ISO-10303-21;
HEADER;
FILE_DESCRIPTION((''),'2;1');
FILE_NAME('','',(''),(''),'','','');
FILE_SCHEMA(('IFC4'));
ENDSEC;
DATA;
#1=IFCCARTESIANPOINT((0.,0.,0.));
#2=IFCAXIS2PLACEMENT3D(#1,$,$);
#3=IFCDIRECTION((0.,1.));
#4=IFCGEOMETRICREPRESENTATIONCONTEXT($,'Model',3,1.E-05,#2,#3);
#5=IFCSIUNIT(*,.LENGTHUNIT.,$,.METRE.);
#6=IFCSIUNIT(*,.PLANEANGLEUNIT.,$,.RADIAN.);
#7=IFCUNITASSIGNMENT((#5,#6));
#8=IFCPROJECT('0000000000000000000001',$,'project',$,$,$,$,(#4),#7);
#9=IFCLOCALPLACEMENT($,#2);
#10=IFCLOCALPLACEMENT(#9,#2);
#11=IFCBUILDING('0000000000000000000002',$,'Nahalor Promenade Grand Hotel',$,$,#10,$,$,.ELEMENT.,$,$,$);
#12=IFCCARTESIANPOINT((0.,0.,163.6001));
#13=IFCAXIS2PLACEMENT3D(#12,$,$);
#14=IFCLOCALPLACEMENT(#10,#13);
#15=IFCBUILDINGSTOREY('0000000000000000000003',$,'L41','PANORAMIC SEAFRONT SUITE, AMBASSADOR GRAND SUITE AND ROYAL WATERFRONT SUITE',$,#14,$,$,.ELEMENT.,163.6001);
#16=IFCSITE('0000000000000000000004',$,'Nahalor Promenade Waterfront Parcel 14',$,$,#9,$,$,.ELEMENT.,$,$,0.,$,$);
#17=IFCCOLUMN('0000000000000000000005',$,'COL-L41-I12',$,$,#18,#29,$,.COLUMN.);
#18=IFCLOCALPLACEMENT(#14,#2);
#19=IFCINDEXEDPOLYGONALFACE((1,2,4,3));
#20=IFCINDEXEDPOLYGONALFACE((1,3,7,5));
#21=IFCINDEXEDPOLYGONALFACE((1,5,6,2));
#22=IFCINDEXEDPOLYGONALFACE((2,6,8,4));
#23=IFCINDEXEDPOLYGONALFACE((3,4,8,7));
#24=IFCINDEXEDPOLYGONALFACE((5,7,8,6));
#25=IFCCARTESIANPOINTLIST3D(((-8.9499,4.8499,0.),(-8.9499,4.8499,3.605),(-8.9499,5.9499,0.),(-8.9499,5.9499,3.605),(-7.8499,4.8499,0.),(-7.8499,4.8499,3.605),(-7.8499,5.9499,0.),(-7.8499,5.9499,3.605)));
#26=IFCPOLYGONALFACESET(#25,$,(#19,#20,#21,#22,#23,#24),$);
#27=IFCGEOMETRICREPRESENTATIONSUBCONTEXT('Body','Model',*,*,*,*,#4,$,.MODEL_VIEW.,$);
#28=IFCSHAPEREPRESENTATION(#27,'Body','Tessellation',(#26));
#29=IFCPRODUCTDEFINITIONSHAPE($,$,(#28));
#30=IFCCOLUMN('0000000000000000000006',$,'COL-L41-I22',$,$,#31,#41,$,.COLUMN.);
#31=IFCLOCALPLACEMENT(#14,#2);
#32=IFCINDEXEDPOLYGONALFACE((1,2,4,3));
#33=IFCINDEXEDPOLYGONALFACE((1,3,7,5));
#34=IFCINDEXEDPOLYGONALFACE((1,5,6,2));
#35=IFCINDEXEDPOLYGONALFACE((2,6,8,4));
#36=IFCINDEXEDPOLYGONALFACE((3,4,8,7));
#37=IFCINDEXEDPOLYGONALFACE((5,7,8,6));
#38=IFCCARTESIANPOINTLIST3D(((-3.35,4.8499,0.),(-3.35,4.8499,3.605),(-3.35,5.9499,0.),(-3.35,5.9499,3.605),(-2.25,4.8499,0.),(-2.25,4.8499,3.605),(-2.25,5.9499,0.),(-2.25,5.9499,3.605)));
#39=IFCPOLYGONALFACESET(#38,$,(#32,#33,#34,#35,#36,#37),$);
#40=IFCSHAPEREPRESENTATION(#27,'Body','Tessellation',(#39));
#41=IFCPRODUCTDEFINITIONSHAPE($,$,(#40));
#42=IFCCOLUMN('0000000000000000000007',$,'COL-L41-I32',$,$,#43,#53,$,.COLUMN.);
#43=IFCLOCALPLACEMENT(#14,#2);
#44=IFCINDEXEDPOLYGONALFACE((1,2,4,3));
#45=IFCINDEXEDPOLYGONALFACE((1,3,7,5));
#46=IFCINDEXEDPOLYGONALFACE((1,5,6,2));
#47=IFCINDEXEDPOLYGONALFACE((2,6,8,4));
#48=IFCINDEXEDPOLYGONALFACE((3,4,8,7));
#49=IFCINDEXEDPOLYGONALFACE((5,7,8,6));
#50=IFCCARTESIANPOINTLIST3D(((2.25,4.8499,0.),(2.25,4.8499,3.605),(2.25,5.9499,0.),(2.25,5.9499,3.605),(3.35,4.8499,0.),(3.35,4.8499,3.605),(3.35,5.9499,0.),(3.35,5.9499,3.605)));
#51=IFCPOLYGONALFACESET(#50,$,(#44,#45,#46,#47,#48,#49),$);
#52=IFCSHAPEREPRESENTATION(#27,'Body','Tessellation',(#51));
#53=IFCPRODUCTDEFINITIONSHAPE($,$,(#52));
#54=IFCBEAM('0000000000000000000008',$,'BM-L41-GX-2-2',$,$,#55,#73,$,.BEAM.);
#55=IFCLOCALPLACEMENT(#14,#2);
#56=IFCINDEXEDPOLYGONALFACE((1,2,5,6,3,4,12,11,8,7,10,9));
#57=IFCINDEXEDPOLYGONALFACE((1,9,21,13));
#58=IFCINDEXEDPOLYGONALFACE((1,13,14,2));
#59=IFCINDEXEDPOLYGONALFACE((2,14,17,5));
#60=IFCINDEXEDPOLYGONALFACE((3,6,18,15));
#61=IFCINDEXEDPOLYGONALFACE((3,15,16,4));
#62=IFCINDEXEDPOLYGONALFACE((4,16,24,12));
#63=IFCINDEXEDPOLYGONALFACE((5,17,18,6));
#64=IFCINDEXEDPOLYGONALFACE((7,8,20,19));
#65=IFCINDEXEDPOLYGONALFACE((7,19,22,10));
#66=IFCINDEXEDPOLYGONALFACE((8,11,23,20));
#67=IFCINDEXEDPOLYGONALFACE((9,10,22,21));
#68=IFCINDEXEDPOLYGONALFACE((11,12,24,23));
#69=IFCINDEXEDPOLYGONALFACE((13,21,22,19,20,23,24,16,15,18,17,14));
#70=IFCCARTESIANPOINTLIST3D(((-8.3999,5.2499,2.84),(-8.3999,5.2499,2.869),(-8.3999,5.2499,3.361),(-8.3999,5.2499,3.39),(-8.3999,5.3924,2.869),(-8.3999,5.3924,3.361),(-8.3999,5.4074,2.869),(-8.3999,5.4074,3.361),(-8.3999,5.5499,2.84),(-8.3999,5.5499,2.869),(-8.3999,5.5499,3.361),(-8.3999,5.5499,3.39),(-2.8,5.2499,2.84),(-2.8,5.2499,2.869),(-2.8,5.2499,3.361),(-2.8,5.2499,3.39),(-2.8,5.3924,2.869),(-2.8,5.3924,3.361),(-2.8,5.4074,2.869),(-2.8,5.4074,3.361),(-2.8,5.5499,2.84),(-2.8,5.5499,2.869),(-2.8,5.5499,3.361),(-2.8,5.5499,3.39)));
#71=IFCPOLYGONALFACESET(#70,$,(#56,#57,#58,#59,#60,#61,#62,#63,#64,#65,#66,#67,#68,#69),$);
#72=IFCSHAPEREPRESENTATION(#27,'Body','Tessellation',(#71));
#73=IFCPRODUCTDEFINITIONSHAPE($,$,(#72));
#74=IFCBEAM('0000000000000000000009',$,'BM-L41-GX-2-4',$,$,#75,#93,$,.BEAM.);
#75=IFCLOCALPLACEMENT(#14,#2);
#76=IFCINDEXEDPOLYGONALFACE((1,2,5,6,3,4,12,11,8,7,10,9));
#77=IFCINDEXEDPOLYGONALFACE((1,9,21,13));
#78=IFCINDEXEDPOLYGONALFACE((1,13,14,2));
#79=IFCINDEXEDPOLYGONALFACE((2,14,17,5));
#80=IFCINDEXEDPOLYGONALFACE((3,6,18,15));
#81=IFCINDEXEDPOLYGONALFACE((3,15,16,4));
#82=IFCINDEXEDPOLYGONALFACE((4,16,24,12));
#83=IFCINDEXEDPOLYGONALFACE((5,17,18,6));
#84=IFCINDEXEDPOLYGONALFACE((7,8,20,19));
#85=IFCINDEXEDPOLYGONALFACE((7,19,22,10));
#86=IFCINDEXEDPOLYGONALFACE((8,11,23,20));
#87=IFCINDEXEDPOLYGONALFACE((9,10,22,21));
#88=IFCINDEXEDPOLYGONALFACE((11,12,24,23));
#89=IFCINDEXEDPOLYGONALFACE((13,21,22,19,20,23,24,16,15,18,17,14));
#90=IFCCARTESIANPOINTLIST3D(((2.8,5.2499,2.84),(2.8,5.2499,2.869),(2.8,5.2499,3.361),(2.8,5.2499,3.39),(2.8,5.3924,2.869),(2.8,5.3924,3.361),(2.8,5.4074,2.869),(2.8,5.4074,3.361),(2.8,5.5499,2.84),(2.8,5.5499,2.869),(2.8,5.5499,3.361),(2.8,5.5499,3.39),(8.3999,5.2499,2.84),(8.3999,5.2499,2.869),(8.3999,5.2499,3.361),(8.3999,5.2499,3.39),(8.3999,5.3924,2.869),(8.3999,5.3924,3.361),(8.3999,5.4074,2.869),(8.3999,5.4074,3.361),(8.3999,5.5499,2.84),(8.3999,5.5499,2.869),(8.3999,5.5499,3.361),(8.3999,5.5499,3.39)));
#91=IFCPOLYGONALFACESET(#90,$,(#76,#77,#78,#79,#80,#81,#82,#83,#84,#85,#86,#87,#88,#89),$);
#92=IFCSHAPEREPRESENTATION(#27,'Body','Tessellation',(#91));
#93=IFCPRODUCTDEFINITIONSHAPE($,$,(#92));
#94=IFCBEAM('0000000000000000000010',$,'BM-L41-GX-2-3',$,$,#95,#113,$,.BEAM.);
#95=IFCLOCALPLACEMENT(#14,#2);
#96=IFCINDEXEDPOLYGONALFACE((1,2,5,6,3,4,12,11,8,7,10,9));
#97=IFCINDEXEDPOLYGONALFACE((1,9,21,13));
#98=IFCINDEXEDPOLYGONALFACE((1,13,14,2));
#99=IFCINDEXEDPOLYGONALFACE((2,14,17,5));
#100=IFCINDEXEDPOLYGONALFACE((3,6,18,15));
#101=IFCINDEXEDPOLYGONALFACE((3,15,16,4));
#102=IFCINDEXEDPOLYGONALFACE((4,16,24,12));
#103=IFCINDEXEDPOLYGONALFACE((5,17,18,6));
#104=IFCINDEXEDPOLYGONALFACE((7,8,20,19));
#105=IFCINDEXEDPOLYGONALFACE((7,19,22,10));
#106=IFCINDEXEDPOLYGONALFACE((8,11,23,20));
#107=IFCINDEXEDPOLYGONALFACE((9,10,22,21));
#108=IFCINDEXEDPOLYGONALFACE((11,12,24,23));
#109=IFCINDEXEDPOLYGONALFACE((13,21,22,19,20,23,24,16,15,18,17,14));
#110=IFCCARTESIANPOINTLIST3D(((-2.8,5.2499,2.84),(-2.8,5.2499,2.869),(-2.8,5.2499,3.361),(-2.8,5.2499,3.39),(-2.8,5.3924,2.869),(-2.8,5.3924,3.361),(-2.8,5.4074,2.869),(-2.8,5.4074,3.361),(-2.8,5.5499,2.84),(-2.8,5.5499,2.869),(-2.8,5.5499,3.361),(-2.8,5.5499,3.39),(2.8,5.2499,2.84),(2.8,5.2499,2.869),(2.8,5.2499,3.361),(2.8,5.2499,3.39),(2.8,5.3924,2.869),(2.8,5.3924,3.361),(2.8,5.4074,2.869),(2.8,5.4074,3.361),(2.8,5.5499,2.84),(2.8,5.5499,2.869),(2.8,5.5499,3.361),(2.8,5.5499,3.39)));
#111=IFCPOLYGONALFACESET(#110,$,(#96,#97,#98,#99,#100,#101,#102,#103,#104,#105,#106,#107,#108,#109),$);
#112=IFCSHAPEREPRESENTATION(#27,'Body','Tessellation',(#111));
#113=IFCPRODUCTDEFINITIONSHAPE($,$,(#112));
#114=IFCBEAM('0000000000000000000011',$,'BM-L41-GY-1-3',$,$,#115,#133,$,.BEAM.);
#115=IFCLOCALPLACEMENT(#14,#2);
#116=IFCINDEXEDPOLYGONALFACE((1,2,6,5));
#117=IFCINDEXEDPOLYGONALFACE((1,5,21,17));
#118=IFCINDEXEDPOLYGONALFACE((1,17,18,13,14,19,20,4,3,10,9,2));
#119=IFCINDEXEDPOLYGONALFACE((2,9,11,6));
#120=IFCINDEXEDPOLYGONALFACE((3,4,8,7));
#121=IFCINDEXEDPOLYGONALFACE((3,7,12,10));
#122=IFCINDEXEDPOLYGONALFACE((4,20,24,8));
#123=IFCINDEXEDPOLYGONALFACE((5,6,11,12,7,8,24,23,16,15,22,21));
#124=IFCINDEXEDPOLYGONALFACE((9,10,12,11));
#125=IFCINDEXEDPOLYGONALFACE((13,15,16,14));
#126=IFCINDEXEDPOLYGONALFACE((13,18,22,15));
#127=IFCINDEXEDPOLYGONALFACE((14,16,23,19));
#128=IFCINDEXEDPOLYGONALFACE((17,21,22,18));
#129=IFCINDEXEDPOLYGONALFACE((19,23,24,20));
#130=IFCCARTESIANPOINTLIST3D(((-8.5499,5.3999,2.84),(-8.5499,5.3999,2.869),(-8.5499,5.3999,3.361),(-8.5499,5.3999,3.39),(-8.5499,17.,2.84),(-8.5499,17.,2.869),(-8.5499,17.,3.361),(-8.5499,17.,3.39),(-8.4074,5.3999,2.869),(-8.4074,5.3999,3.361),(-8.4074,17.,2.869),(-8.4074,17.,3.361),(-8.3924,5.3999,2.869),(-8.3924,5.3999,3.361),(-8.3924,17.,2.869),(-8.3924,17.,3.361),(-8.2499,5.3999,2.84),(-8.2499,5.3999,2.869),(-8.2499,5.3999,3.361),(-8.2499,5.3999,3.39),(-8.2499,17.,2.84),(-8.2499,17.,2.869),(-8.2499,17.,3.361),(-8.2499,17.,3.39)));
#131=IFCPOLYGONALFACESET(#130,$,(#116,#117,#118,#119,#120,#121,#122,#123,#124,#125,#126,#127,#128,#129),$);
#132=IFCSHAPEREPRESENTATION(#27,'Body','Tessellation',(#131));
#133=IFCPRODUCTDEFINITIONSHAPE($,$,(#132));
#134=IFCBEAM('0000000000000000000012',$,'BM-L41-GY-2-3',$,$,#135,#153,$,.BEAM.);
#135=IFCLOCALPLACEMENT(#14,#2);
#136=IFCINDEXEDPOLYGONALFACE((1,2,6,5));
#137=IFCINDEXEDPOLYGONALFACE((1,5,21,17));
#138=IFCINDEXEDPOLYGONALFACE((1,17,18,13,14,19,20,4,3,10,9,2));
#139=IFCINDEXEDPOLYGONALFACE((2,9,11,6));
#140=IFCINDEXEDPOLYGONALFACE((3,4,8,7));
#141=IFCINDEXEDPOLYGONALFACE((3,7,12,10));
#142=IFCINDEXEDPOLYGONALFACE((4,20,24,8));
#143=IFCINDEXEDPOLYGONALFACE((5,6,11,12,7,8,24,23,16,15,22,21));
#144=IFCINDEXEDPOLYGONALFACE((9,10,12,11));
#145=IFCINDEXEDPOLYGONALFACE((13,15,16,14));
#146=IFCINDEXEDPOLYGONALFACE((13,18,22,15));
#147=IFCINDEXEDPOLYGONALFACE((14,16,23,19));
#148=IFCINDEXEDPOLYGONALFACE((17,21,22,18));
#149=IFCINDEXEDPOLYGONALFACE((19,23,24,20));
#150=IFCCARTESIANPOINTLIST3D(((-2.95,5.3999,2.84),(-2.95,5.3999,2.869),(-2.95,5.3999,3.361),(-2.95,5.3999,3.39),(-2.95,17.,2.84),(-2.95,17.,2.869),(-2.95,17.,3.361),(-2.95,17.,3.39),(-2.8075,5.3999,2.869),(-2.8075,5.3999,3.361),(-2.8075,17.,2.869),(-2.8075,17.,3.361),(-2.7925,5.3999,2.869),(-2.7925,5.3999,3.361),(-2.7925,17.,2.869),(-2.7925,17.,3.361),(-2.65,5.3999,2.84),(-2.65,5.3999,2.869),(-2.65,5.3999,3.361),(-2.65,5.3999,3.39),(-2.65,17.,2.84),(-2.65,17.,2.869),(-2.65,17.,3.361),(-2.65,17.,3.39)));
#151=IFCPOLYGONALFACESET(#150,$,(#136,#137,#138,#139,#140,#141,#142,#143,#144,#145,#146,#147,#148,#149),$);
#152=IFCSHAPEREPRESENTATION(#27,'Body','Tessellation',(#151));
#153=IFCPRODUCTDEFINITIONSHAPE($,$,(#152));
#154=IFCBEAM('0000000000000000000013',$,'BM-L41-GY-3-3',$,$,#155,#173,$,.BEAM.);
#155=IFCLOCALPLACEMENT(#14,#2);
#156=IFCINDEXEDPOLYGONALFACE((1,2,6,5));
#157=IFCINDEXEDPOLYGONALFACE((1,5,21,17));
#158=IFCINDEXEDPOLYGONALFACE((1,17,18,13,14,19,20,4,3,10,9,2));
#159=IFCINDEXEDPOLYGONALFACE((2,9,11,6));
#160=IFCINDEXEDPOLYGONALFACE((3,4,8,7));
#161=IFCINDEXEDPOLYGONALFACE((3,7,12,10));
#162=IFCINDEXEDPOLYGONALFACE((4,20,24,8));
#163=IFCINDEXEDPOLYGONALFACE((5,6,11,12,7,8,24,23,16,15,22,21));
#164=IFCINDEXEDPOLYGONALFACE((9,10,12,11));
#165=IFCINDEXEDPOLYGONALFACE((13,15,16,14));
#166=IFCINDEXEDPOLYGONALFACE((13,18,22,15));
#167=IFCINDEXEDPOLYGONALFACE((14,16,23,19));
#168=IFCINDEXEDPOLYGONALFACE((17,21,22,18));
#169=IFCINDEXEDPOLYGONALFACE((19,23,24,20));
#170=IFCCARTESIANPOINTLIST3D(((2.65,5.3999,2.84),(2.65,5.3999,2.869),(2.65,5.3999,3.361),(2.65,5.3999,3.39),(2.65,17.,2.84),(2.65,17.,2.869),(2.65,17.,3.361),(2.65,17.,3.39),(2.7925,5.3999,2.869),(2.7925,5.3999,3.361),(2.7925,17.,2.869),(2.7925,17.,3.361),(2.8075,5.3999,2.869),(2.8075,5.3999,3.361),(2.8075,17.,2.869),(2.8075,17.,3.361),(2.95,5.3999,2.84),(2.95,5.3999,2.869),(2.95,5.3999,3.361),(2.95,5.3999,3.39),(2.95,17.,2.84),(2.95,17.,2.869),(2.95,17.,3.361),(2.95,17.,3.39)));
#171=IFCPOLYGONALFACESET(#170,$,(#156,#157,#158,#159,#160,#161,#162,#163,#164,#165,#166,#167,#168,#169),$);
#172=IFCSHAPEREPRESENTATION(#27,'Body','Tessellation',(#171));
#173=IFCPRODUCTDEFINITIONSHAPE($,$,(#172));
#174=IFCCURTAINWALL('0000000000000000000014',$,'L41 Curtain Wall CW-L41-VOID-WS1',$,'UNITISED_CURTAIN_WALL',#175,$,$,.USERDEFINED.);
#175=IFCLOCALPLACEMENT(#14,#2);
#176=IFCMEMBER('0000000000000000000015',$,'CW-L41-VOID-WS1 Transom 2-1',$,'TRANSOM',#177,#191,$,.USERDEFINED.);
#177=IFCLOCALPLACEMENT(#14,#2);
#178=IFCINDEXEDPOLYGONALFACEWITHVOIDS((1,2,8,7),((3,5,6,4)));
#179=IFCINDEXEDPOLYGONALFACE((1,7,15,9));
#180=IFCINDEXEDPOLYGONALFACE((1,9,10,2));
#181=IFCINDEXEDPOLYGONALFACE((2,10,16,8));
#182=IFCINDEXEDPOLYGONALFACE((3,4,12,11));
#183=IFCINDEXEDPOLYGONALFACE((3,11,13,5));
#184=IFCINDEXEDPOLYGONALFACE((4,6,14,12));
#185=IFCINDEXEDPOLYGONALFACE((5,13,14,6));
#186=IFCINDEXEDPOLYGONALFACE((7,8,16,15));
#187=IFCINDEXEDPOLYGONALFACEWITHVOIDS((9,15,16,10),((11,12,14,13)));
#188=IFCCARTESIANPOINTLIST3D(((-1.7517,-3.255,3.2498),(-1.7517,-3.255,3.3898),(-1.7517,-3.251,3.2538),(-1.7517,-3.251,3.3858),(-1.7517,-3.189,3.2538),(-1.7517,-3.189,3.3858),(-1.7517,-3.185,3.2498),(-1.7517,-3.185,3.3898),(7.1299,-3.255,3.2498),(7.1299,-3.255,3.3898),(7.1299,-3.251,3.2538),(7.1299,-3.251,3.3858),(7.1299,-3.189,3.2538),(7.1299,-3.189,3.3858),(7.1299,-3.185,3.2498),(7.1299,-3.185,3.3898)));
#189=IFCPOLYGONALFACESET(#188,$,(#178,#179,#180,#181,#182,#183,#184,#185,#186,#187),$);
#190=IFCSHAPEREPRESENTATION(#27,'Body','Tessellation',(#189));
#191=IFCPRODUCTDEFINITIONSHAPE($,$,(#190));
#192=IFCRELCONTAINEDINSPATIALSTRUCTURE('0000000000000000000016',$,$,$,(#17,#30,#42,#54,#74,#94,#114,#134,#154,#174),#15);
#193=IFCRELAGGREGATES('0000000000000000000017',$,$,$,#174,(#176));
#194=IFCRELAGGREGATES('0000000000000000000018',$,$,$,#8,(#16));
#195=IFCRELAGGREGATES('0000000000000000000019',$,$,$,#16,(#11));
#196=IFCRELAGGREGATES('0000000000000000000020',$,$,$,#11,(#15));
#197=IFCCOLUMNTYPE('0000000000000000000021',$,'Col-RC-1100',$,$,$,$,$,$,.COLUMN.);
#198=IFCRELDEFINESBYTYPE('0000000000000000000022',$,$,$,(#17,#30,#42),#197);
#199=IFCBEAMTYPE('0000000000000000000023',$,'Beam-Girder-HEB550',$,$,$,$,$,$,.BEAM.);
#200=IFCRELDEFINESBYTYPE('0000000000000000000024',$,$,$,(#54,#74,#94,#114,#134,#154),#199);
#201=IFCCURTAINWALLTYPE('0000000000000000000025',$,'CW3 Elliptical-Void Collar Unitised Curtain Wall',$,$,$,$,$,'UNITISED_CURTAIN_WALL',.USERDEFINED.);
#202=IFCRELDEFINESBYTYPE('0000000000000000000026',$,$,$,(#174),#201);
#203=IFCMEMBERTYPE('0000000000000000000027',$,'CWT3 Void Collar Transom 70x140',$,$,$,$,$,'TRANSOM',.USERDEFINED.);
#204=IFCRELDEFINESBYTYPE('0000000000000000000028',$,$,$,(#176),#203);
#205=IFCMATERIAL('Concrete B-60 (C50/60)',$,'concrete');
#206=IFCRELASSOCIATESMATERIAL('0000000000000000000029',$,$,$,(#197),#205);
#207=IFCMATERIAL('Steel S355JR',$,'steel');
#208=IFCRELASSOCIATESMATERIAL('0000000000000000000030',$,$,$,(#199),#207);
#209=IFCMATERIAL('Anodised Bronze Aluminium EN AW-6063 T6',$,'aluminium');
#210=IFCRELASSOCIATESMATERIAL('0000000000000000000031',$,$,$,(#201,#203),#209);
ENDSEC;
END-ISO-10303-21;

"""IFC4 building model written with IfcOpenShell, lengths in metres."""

from ifc_helpers import new_model, si_unit, direction, frame, origin, origin_2d, place, context, subcontext, project, spatial, rectangle, hollow_rectangle, i_section, extrude, source, transform, mapped, material, material_profile, profile_set, type_object, element, aggregate, save


model = new_model("IFC4")

# Units and contexts
model_context = context("Model", 3, precision=1e-05, world=origin(), true_north=direction((0.0, 1.0)))
body_context = subcontext(model_context, "Body", "Model", "MODEL_VIEW")
ifc_project = project(units=[si_unit("LENGTHUNIT", "METRE"), si_unit("PLANEANGLEUNIT", "RADIAN")], contexts=[model_context])

# Site, building, storey
site_placement = place(None, origin())
site = spatial("IfcSite", under=ifc_project, at=site_placement, Name="Nahalor Promenade Waterfront Parcel 14", CompositionType="ELEMENT", RefElevation=0.0)
building_placement = place(site_placement, origin())
building = spatial("IfcBuilding", under=site, at=building_placement, Name="Nahalor Promenade Grand Hotel", CompositionType="ELEMENT")
storey_placement = place(building_placement, frame((0.0, 0.0, 163.6001)))
storey = spatial("IfcBuildingStorey", under=building, at=storey_placement, Name="L41", Description="PANORAMIC SEAFRONT SUITE, AMBASSADOR GRAND SUITE AND ROYAL WATERFRONT SUITE", CompositionType="ELEMENT", Elevation=163.6001)

# Columns
ifc_material_1 = material(Name="Concrete B-60 (C50/60)", Category="concrete")
ifc_material_profile_1 = material_profile(ifc_material_1, rectangle(XDim=1.1, YDim=1.1, at=origin_2d()), Name="RC 1100x1100")
ifc_profile_set_1 = profile_set([ifc_material_profile_1], Name="Concrete B-60 (C50/60)")
column_type = type_object("IfcColumnType", Name="Col-RC-1100", PredefinedType="COLUMN", material=ifc_profile_set_1)
shared_shape_1 = source(origin(), body_context, "Body", "SweptSolid", [
    extrude(rectangle(XDim=1.1, YDim=1.1, at=origin_2d()), origin(), (0.0, 0.0, 1.0), 3.605),
])
for number, where, z_axis, x_axis, name in (
    (1, (-8.3999, 5.3999, 0.0), (0.0, 0.0, 1.0), (1.0, 0.0, 0.0), "COL-L41-I12"),
    (2, (-2.8, 5.3999, 0.0), (0.0, 0.0, 1.0), (1.0, 0.0, 0.0), "COL-L41-I22"),
    (3, (2.8, 5.3999, 0.0), (0.0, 0.0, 1.0), (1.0, 0.0, 0.0), "COL-L41-I32"),
):
    element("IfcColumn", number, at=place(storey_placement, frame(where, z_axis=z_axis, x_axis=x_axis)), inside=storey, type_object=column_type, Name=name, PredefinedType="COLUMN", context=body_context, shape_type="MappedRepresentation", body=[
        mapped(shared_shape_1, transform((0.0, 0.0, 0.0), scale=1.0)),
    ])

# Beams
ifc_material_2 = material(Name="Steel S355JR", Category="steel")
ifc_material_profile_2 = material_profile(ifc_material_2, i_section(OverallWidth=0.3, OverallDepth=0.55, WebThickness=0.015, FlangeThickness=0.029, at=origin_2d()), Name="HEB 550")
ifc_profile_set_2 = profile_set([ifc_material_profile_2], Name="Steel S355JR")
beam_type = type_object("IfcBeamType", Name="Beam-Girder-HEB550", PredefinedType="BEAM", material=ifc_profile_set_2)
shared_shape_2 = source(origin(), body_context, "Body", "SweptSolid", [
    extrude(i_section(OverallWidth=0.3, OverallDepth=0.55, WebThickness=0.015, FlangeThickness=0.029, at=origin_2d()), origin(), (0.0, 0.0, 1.0), 5.5999),
])
for number, where, z_axis, x_axis, name in (
    (4, (-8.3999, 5.3999, 3.115), (1.0, 0.0, 0.0), (0.0, 1.0, 0.0), "BM-L41-GX-2-2"),
    (5, (2.8, 5.3999, 3.115), (1.0, 0.0, 0.0), (0.0, 1.0, 0.0), "BM-L41-GX-2-4"),
):
    element("IfcBeam", number, at=place(storey_placement, frame(where, z_axis=z_axis, x_axis=x_axis)), inside=storey, type_object=beam_type, Name=name, PredefinedType="BEAM", context=body_context, shape_type="MappedRepresentation", body=[
        mapped(shared_shape_2, transform((0.0, 0.0, 0.0), scale=1.0)),
    ])
shared_shape_3 = source(origin(), body_context, "Body", "SweptSolid", [
    extrude(i_section(OverallWidth=0.3, OverallDepth=0.55, WebThickness=0.015, FlangeThickness=0.029, at=origin_2d()), origin(), (0.0, 0.0, 1.0), 5.6001),
])
beam_placement = place(storey_placement, frame((-2.8, 5.3999, 3.115), z_axis=(1.0, 0.0, 0.0), x_axis=(0.0, 1.0, 0.0)))
element("IfcBeam", 6, at=beam_placement, inside=storey, type_object=beam_type, Name="BM-L41-GX-2-3", PredefinedType="BEAM", context=body_context, shape_type="MappedRepresentation", body=[
    mapped(shared_shape_3, transform((0.0, 0.0, 0.0), scale=1.0)),
])
shared_shape_4 = source(origin(), body_context, "Body", "SweptSolid", [
    extrude(i_section(OverallWidth=0.3, OverallDepth=0.55, WebThickness=0.015, FlangeThickness=0.029, at=origin_2d()), origin(), (0.0, 0.0, 1.0), 11.6001),
])
for number, where, z_axis, x_axis, name in (
    (7, (-8.3999, 5.3999, 3.115), (0.0, 1.0, 0.0), (-1.0, 0.0, 0.0), "BM-L41-GY-1-3"),
    (8, (-2.8, 5.3999, 3.115), (0.0, 1.0, 0.0), (-1.0, 0.0, 0.0), "BM-L41-GY-2-3"),
    (9, (2.8, 5.3999, 3.115), (0.0, 1.0, 0.0), (-1.0, 0.0, 0.0), "BM-L41-GY-3-3"),
):
    element("IfcBeam", number, at=place(storey_placement, frame(where, z_axis=z_axis, x_axis=x_axis)), inside=storey, type_object=beam_type, Name=name, PredefinedType="BEAM", context=body_context, shape_type="MappedRepresentation", body=[
        mapped(shared_shape_4, transform((0.0, 0.0, 0.0), scale=1.0)),
    ])

# Curtain wall, member
ifc_material_3 = material(Name="Anodised Bronze Aluminium EN AW-6063 T6", Category="aluminium")
curtain_wall_type = type_object("IfcCurtainWallType", Name="CW3 Elliptical-Void Collar Unitised Curtain Wall", ElementType="UNITISED_CURTAIN_WALL", PredefinedType="USERDEFINED", material=ifc_material_3)
curtain_wall_1_placement = place(storey_placement, origin())
curtain_wall_1 = element("IfcCurtainWall", 10, at=curtain_wall_1_placement, inside=storey, type_object=curtain_wall_type, Name="L41 Curtain Wall CW-L41-VOID-WS1", ObjectType="UNITISED_CURTAIN_WALL", PredefinedType="USERDEFINED")
ifc_material_profile_3 = material_profile(ifc_material_3, hollow_rectangle(XDim=0.07, YDim=0.14, WallThickness=0.004, at=origin_2d()), Name="CWT 70x140x4")
ifc_profile_set_3 = profile_set([ifc_material_profile_3], Name="Anodised Bronze Aluminium EN AW-6063 T6")
member_type_1 = type_object("IfcMemberType", Name="CWT3 Void Collar Transom 70x140", ElementType="TRANSOM", PredefinedType="USERDEFINED", material=ifc_profile_set_3)
shared_shape_5 = source(origin(), body_context, "Body", "SweptSolid", [
    extrude(hollow_rectangle(XDim=0.07, YDim=0.14, WallThickness=0.004, at=origin_2d()), origin(), (0.0, 0.0, 1.0), 8.8816),
])
member_1_placement = place(storey_placement, frame((-1.7517, -3.22, 3.3198), z_axis=(1.0, 0.0, 0.0), x_axis=(0.0, 1.0, 0.0)))
member_1 = element("IfcMember", 11, at=member_1_placement, type_object=member_type_1, Name="CW-L41-VOID-WS1 Transom 2-1", ObjectType="TRANSOM", PredefinedType="USERDEFINED", context=body_context, shape_type="MappedRepresentation", body=[
    mapped(shared_shape_5, transform((0.0, 0.0, 0.0), scale=1.0)),
])

aggregate(curtain_wall_1, [member_1])

save(model, "model.ifc")
